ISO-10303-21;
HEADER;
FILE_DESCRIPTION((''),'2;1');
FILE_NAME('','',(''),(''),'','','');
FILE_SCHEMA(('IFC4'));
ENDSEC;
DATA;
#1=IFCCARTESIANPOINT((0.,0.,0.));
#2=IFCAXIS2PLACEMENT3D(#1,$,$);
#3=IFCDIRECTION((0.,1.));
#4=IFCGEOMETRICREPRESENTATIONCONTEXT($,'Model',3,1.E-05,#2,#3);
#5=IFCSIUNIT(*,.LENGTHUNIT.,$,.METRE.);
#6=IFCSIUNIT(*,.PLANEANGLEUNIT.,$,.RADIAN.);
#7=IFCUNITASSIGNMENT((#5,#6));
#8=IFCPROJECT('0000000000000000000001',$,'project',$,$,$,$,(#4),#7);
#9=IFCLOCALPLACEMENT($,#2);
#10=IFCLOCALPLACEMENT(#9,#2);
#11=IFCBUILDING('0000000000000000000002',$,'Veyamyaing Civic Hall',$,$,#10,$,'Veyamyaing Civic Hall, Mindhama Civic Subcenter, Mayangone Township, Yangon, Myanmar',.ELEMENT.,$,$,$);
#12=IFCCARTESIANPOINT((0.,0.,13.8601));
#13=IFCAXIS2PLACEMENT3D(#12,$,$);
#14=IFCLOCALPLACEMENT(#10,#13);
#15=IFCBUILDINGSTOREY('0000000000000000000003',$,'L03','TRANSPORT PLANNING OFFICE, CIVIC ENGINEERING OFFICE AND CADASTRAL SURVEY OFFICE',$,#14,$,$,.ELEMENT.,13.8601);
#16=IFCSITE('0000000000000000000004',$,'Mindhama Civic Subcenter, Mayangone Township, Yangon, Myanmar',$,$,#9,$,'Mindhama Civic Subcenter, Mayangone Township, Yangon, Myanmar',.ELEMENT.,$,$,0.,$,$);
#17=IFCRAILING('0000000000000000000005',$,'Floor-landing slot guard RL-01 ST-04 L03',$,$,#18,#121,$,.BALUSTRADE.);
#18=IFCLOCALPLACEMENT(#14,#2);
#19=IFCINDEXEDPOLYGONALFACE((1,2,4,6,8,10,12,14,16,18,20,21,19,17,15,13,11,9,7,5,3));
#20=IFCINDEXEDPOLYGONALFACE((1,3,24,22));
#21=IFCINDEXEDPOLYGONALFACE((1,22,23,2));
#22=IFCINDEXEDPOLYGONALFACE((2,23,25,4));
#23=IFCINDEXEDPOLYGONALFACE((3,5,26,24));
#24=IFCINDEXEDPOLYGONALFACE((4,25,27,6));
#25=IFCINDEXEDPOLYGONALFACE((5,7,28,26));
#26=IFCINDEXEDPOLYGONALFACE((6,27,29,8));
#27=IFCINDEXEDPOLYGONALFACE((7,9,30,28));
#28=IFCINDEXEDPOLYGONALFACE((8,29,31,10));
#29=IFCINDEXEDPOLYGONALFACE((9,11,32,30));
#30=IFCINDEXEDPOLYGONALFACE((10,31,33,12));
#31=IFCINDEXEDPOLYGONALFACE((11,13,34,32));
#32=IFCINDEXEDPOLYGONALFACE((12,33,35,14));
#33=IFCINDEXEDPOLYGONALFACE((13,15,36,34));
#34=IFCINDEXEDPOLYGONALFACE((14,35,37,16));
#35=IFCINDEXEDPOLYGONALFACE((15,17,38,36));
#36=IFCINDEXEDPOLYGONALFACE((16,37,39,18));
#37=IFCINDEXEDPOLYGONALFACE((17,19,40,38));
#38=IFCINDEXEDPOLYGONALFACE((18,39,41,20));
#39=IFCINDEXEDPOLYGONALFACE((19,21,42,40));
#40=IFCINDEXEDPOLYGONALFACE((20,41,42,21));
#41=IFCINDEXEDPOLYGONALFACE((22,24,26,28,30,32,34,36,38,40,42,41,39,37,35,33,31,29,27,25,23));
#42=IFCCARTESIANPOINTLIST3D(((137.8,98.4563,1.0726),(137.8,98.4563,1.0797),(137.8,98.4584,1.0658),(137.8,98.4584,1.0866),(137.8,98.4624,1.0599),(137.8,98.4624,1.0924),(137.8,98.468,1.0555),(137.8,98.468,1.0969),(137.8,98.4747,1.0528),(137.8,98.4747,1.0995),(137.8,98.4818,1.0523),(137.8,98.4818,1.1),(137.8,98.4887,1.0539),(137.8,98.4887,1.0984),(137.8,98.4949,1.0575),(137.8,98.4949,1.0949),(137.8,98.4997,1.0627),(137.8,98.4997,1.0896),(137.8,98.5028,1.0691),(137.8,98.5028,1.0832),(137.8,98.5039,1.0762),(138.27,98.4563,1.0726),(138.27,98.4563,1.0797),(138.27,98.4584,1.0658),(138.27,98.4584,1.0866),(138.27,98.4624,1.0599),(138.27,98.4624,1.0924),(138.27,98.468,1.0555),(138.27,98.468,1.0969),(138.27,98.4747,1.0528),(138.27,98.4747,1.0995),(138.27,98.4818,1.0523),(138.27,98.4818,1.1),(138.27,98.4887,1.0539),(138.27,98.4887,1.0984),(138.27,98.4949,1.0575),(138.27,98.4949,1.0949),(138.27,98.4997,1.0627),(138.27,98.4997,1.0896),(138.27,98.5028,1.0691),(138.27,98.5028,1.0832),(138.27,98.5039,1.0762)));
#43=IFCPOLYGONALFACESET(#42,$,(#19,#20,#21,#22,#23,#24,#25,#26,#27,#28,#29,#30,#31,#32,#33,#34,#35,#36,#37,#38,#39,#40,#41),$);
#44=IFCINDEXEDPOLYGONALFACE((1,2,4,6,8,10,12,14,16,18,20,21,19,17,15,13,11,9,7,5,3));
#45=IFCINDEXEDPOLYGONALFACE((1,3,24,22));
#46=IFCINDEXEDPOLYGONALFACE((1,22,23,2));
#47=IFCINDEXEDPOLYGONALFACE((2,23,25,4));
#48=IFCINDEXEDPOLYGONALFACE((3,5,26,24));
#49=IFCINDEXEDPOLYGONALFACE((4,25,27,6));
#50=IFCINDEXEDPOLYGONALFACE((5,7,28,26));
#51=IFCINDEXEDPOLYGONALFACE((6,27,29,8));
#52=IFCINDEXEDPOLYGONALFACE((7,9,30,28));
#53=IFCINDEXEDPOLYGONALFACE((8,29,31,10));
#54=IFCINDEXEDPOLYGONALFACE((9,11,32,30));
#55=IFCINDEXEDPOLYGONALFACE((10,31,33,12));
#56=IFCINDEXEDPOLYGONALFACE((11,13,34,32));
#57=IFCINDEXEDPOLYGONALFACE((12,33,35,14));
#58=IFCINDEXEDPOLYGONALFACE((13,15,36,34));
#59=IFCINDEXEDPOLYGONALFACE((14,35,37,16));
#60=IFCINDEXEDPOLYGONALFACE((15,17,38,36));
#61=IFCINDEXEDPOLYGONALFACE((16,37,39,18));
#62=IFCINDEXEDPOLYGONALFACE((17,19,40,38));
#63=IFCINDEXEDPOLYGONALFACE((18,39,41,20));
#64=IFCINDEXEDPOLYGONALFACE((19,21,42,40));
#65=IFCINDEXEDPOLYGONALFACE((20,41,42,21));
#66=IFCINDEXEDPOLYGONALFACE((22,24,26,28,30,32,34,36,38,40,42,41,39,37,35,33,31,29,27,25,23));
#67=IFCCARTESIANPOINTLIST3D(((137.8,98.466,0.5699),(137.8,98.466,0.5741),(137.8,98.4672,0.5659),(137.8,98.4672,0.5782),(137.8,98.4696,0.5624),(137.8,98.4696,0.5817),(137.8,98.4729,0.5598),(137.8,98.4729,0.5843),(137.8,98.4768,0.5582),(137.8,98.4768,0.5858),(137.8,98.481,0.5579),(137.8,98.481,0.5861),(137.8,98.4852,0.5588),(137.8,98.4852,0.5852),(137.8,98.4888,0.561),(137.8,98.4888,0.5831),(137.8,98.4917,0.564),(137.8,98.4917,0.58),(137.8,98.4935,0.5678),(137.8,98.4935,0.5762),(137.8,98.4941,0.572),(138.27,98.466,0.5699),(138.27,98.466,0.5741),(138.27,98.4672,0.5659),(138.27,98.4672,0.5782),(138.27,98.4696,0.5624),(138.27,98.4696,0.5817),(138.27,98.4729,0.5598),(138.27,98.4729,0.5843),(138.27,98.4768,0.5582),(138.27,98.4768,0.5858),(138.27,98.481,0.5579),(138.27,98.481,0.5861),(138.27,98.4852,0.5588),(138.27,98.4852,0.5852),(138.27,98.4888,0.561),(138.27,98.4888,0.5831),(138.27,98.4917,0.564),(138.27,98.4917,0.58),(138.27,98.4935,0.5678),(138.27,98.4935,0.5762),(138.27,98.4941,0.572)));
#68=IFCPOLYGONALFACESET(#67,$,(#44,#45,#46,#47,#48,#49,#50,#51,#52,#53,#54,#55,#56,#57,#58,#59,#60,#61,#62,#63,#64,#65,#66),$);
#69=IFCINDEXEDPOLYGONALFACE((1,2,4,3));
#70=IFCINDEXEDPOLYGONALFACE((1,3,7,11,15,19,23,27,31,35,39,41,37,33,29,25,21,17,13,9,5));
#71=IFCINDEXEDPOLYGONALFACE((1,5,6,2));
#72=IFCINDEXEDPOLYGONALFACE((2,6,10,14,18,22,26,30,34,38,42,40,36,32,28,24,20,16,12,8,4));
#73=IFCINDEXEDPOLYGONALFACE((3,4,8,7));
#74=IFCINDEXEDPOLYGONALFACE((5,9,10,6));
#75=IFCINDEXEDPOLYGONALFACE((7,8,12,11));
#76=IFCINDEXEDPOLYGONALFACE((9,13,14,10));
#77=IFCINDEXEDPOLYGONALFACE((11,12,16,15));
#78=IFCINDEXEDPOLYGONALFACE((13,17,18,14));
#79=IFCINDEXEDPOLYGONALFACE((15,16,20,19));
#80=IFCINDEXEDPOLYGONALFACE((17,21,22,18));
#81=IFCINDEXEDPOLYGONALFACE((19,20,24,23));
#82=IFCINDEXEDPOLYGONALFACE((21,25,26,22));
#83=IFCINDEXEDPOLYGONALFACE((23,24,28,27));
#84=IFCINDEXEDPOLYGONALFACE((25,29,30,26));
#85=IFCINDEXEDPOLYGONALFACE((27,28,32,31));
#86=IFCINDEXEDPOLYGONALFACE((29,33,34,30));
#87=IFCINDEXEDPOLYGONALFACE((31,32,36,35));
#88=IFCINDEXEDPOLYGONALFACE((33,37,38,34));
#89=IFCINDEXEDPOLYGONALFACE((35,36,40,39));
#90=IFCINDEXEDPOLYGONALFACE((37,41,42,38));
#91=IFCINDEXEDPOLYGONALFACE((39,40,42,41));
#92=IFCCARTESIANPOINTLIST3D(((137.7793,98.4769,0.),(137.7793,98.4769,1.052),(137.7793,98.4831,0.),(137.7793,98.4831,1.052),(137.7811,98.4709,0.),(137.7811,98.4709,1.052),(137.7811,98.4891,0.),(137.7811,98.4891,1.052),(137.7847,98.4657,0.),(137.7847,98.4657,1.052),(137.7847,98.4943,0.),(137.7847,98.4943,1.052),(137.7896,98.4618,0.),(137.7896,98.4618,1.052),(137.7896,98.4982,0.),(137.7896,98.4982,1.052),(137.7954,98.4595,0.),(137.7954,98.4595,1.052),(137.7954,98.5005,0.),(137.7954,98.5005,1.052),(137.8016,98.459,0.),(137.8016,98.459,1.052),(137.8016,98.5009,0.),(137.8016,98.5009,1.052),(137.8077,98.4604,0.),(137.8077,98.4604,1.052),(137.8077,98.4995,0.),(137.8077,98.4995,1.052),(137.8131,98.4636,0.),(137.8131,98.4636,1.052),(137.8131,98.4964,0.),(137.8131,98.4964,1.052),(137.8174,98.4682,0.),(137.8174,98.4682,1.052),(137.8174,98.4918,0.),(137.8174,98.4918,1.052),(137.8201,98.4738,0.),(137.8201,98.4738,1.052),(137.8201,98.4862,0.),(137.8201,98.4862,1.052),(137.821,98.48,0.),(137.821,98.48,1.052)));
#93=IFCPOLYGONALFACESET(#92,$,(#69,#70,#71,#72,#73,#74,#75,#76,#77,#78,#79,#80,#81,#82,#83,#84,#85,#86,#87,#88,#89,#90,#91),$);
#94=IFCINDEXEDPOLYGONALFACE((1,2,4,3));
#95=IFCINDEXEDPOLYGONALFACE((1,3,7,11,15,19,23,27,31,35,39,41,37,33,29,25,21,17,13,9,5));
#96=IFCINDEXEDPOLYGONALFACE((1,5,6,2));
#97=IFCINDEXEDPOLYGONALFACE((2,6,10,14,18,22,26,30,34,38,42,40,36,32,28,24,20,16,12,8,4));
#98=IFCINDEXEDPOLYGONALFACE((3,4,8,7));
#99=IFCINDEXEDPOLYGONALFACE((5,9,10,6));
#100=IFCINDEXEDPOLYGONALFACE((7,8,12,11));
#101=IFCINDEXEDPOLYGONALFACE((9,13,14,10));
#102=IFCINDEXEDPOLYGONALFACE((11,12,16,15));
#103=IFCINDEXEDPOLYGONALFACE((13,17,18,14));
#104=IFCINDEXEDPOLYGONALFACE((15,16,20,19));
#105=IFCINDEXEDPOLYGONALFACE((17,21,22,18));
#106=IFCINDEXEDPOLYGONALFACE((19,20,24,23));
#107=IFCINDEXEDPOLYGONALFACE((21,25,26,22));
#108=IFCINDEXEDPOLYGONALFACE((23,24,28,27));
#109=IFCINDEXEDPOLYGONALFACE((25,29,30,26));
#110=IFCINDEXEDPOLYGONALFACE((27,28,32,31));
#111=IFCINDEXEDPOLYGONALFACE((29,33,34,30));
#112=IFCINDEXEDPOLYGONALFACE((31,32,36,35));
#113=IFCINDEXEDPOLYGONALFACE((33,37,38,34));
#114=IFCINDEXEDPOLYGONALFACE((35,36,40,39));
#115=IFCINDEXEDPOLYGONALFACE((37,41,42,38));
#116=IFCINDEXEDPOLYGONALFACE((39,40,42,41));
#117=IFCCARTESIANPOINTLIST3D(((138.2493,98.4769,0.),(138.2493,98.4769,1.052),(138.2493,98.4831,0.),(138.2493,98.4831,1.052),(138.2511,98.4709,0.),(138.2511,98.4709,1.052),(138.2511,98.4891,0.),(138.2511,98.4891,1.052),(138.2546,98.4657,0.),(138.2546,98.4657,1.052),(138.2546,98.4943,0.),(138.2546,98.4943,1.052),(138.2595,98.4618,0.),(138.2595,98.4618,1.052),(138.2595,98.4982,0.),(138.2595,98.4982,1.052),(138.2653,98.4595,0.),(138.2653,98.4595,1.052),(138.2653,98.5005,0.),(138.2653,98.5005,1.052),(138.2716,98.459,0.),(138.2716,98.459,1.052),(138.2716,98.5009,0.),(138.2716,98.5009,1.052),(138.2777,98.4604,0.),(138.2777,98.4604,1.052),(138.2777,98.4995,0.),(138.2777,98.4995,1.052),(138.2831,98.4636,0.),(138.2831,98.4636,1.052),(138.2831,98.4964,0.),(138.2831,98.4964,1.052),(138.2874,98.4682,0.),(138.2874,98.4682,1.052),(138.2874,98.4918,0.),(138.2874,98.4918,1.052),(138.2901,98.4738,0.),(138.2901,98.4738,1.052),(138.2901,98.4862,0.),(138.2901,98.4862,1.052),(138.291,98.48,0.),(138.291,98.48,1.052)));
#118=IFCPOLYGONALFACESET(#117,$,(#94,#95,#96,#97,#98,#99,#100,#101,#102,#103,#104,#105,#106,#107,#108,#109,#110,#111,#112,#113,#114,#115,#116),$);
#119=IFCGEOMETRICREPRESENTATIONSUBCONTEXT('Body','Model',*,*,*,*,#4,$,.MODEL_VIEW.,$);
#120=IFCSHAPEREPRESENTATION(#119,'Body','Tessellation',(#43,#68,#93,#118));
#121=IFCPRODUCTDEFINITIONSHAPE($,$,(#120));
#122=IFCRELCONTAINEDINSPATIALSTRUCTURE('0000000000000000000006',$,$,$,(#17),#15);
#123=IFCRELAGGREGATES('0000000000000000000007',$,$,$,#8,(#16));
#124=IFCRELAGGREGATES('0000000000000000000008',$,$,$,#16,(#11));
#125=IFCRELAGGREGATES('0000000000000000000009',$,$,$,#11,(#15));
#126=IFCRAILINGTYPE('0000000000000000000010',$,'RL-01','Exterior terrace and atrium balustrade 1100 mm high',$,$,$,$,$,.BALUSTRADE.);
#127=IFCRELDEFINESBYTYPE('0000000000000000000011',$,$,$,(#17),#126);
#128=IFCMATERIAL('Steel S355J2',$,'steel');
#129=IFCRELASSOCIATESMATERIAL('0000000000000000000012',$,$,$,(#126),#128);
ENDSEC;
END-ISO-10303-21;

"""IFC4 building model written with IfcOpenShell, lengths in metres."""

from ifc_helpers import new_model, si_unit, direction, frame, origin, origin_2d, place, context, subcontext, project, spatial, circle, extrude, material, type_object, element, save


model = new_model("IFC4")

# Units and contexts
model_context = context("Model", 3, precision=1e-05, world=origin(), true_north=direction((0.0, 1.0)))
body_context = subcontext(model_context, "Body", "Model", "MODEL_VIEW")
ifc_project = project(units=[si_unit("LENGTHUNIT", "METRE"), si_unit("PLANEANGLEUNIT", "RADIAN")], contexts=[model_context])

# Site, building, storey
site_placement = place(None, origin())
site = spatial("IfcSite", under=ifc_project, at=site_placement, Name="Mindhama Civic Subcenter, Mayangone Township, Yangon, Myanmar", LongName="Mindhama Civic Subcenter, Mayangone Township, Yangon, Myanmar", CompositionType="ELEMENT", RefElevation=0.0)
building_placement = place(site_placement, origin())
building = spatial("IfcBuilding", under=site, at=building_placement, Name="Veyamyaing Civic Hall", LongName="Veyamyaing Civic Hall, Mindhama Civic Subcenter, Mayangone Township, Yangon, Myanmar", CompositionType="ELEMENT")
storey_placement = place(building_placement, frame((0.0, 0.0, 13.8601)))
storey = spatial("IfcBuildingStorey", under=building, at=storey_placement, Name="L03", Description="TRANSPORT PLANNING OFFICE, CIVIC ENGINEERING OFFICE AND CADASTRAL SURVEY OFFICE", CompositionType="ELEMENT", Elevation=13.8601)

# Railing
ifc_material_1 = material(Name="Steel S355J2", Category="steel")
railing_type_1 = type_object("IfcRailingType", Name="RL-01", Description="Exterior terrace and atrium balustrade 1100 mm high", PredefinedType="BALUSTRADE", material=ifc_material_1)
railing_1_placement = place(storey_placement, frame((137.8, 98.48, 0.0)))
element("IfcRailing", 1, at=railing_1_placement, inside=storey, type_object=railing_type_1, Name="Floor-landing slot guard RL-01 ST-04 L03", PredefinedType="BALUSTRADE", context=body_context, shape_type="SweptSolid", body=[
    extrude(circle(Radius=0.0239, at=origin_2d()), frame((0.0, 0.0, 1.0762), z_axis=(1.0, 0.0, 0.0), x_axis=(0.0, 1.0, 0.0)), (0.0, 0.0, 1.0), 0.47),
    extrude(circle(Radius=0.0142, at=origin_2d()), frame((0.0, 0.0, 0.572), z_axis=(1.0, 0.0, 0.0), x_axis=(0.0, 1.0, 0.0)), (0.0, 0.0, 1.0), 0.47),
    extrude(circle(Radius=0.021, at=origin_2d()), origin(), (0.0, 0.0, 1.0), 1.052),
    extrude(circle(Radius=0.021, at=origin_2d()), frame((0.47, 0.0, 0.0)), (0.0, 0.0, 1.0), 1.052),
])

save(model, "model.ifc")
